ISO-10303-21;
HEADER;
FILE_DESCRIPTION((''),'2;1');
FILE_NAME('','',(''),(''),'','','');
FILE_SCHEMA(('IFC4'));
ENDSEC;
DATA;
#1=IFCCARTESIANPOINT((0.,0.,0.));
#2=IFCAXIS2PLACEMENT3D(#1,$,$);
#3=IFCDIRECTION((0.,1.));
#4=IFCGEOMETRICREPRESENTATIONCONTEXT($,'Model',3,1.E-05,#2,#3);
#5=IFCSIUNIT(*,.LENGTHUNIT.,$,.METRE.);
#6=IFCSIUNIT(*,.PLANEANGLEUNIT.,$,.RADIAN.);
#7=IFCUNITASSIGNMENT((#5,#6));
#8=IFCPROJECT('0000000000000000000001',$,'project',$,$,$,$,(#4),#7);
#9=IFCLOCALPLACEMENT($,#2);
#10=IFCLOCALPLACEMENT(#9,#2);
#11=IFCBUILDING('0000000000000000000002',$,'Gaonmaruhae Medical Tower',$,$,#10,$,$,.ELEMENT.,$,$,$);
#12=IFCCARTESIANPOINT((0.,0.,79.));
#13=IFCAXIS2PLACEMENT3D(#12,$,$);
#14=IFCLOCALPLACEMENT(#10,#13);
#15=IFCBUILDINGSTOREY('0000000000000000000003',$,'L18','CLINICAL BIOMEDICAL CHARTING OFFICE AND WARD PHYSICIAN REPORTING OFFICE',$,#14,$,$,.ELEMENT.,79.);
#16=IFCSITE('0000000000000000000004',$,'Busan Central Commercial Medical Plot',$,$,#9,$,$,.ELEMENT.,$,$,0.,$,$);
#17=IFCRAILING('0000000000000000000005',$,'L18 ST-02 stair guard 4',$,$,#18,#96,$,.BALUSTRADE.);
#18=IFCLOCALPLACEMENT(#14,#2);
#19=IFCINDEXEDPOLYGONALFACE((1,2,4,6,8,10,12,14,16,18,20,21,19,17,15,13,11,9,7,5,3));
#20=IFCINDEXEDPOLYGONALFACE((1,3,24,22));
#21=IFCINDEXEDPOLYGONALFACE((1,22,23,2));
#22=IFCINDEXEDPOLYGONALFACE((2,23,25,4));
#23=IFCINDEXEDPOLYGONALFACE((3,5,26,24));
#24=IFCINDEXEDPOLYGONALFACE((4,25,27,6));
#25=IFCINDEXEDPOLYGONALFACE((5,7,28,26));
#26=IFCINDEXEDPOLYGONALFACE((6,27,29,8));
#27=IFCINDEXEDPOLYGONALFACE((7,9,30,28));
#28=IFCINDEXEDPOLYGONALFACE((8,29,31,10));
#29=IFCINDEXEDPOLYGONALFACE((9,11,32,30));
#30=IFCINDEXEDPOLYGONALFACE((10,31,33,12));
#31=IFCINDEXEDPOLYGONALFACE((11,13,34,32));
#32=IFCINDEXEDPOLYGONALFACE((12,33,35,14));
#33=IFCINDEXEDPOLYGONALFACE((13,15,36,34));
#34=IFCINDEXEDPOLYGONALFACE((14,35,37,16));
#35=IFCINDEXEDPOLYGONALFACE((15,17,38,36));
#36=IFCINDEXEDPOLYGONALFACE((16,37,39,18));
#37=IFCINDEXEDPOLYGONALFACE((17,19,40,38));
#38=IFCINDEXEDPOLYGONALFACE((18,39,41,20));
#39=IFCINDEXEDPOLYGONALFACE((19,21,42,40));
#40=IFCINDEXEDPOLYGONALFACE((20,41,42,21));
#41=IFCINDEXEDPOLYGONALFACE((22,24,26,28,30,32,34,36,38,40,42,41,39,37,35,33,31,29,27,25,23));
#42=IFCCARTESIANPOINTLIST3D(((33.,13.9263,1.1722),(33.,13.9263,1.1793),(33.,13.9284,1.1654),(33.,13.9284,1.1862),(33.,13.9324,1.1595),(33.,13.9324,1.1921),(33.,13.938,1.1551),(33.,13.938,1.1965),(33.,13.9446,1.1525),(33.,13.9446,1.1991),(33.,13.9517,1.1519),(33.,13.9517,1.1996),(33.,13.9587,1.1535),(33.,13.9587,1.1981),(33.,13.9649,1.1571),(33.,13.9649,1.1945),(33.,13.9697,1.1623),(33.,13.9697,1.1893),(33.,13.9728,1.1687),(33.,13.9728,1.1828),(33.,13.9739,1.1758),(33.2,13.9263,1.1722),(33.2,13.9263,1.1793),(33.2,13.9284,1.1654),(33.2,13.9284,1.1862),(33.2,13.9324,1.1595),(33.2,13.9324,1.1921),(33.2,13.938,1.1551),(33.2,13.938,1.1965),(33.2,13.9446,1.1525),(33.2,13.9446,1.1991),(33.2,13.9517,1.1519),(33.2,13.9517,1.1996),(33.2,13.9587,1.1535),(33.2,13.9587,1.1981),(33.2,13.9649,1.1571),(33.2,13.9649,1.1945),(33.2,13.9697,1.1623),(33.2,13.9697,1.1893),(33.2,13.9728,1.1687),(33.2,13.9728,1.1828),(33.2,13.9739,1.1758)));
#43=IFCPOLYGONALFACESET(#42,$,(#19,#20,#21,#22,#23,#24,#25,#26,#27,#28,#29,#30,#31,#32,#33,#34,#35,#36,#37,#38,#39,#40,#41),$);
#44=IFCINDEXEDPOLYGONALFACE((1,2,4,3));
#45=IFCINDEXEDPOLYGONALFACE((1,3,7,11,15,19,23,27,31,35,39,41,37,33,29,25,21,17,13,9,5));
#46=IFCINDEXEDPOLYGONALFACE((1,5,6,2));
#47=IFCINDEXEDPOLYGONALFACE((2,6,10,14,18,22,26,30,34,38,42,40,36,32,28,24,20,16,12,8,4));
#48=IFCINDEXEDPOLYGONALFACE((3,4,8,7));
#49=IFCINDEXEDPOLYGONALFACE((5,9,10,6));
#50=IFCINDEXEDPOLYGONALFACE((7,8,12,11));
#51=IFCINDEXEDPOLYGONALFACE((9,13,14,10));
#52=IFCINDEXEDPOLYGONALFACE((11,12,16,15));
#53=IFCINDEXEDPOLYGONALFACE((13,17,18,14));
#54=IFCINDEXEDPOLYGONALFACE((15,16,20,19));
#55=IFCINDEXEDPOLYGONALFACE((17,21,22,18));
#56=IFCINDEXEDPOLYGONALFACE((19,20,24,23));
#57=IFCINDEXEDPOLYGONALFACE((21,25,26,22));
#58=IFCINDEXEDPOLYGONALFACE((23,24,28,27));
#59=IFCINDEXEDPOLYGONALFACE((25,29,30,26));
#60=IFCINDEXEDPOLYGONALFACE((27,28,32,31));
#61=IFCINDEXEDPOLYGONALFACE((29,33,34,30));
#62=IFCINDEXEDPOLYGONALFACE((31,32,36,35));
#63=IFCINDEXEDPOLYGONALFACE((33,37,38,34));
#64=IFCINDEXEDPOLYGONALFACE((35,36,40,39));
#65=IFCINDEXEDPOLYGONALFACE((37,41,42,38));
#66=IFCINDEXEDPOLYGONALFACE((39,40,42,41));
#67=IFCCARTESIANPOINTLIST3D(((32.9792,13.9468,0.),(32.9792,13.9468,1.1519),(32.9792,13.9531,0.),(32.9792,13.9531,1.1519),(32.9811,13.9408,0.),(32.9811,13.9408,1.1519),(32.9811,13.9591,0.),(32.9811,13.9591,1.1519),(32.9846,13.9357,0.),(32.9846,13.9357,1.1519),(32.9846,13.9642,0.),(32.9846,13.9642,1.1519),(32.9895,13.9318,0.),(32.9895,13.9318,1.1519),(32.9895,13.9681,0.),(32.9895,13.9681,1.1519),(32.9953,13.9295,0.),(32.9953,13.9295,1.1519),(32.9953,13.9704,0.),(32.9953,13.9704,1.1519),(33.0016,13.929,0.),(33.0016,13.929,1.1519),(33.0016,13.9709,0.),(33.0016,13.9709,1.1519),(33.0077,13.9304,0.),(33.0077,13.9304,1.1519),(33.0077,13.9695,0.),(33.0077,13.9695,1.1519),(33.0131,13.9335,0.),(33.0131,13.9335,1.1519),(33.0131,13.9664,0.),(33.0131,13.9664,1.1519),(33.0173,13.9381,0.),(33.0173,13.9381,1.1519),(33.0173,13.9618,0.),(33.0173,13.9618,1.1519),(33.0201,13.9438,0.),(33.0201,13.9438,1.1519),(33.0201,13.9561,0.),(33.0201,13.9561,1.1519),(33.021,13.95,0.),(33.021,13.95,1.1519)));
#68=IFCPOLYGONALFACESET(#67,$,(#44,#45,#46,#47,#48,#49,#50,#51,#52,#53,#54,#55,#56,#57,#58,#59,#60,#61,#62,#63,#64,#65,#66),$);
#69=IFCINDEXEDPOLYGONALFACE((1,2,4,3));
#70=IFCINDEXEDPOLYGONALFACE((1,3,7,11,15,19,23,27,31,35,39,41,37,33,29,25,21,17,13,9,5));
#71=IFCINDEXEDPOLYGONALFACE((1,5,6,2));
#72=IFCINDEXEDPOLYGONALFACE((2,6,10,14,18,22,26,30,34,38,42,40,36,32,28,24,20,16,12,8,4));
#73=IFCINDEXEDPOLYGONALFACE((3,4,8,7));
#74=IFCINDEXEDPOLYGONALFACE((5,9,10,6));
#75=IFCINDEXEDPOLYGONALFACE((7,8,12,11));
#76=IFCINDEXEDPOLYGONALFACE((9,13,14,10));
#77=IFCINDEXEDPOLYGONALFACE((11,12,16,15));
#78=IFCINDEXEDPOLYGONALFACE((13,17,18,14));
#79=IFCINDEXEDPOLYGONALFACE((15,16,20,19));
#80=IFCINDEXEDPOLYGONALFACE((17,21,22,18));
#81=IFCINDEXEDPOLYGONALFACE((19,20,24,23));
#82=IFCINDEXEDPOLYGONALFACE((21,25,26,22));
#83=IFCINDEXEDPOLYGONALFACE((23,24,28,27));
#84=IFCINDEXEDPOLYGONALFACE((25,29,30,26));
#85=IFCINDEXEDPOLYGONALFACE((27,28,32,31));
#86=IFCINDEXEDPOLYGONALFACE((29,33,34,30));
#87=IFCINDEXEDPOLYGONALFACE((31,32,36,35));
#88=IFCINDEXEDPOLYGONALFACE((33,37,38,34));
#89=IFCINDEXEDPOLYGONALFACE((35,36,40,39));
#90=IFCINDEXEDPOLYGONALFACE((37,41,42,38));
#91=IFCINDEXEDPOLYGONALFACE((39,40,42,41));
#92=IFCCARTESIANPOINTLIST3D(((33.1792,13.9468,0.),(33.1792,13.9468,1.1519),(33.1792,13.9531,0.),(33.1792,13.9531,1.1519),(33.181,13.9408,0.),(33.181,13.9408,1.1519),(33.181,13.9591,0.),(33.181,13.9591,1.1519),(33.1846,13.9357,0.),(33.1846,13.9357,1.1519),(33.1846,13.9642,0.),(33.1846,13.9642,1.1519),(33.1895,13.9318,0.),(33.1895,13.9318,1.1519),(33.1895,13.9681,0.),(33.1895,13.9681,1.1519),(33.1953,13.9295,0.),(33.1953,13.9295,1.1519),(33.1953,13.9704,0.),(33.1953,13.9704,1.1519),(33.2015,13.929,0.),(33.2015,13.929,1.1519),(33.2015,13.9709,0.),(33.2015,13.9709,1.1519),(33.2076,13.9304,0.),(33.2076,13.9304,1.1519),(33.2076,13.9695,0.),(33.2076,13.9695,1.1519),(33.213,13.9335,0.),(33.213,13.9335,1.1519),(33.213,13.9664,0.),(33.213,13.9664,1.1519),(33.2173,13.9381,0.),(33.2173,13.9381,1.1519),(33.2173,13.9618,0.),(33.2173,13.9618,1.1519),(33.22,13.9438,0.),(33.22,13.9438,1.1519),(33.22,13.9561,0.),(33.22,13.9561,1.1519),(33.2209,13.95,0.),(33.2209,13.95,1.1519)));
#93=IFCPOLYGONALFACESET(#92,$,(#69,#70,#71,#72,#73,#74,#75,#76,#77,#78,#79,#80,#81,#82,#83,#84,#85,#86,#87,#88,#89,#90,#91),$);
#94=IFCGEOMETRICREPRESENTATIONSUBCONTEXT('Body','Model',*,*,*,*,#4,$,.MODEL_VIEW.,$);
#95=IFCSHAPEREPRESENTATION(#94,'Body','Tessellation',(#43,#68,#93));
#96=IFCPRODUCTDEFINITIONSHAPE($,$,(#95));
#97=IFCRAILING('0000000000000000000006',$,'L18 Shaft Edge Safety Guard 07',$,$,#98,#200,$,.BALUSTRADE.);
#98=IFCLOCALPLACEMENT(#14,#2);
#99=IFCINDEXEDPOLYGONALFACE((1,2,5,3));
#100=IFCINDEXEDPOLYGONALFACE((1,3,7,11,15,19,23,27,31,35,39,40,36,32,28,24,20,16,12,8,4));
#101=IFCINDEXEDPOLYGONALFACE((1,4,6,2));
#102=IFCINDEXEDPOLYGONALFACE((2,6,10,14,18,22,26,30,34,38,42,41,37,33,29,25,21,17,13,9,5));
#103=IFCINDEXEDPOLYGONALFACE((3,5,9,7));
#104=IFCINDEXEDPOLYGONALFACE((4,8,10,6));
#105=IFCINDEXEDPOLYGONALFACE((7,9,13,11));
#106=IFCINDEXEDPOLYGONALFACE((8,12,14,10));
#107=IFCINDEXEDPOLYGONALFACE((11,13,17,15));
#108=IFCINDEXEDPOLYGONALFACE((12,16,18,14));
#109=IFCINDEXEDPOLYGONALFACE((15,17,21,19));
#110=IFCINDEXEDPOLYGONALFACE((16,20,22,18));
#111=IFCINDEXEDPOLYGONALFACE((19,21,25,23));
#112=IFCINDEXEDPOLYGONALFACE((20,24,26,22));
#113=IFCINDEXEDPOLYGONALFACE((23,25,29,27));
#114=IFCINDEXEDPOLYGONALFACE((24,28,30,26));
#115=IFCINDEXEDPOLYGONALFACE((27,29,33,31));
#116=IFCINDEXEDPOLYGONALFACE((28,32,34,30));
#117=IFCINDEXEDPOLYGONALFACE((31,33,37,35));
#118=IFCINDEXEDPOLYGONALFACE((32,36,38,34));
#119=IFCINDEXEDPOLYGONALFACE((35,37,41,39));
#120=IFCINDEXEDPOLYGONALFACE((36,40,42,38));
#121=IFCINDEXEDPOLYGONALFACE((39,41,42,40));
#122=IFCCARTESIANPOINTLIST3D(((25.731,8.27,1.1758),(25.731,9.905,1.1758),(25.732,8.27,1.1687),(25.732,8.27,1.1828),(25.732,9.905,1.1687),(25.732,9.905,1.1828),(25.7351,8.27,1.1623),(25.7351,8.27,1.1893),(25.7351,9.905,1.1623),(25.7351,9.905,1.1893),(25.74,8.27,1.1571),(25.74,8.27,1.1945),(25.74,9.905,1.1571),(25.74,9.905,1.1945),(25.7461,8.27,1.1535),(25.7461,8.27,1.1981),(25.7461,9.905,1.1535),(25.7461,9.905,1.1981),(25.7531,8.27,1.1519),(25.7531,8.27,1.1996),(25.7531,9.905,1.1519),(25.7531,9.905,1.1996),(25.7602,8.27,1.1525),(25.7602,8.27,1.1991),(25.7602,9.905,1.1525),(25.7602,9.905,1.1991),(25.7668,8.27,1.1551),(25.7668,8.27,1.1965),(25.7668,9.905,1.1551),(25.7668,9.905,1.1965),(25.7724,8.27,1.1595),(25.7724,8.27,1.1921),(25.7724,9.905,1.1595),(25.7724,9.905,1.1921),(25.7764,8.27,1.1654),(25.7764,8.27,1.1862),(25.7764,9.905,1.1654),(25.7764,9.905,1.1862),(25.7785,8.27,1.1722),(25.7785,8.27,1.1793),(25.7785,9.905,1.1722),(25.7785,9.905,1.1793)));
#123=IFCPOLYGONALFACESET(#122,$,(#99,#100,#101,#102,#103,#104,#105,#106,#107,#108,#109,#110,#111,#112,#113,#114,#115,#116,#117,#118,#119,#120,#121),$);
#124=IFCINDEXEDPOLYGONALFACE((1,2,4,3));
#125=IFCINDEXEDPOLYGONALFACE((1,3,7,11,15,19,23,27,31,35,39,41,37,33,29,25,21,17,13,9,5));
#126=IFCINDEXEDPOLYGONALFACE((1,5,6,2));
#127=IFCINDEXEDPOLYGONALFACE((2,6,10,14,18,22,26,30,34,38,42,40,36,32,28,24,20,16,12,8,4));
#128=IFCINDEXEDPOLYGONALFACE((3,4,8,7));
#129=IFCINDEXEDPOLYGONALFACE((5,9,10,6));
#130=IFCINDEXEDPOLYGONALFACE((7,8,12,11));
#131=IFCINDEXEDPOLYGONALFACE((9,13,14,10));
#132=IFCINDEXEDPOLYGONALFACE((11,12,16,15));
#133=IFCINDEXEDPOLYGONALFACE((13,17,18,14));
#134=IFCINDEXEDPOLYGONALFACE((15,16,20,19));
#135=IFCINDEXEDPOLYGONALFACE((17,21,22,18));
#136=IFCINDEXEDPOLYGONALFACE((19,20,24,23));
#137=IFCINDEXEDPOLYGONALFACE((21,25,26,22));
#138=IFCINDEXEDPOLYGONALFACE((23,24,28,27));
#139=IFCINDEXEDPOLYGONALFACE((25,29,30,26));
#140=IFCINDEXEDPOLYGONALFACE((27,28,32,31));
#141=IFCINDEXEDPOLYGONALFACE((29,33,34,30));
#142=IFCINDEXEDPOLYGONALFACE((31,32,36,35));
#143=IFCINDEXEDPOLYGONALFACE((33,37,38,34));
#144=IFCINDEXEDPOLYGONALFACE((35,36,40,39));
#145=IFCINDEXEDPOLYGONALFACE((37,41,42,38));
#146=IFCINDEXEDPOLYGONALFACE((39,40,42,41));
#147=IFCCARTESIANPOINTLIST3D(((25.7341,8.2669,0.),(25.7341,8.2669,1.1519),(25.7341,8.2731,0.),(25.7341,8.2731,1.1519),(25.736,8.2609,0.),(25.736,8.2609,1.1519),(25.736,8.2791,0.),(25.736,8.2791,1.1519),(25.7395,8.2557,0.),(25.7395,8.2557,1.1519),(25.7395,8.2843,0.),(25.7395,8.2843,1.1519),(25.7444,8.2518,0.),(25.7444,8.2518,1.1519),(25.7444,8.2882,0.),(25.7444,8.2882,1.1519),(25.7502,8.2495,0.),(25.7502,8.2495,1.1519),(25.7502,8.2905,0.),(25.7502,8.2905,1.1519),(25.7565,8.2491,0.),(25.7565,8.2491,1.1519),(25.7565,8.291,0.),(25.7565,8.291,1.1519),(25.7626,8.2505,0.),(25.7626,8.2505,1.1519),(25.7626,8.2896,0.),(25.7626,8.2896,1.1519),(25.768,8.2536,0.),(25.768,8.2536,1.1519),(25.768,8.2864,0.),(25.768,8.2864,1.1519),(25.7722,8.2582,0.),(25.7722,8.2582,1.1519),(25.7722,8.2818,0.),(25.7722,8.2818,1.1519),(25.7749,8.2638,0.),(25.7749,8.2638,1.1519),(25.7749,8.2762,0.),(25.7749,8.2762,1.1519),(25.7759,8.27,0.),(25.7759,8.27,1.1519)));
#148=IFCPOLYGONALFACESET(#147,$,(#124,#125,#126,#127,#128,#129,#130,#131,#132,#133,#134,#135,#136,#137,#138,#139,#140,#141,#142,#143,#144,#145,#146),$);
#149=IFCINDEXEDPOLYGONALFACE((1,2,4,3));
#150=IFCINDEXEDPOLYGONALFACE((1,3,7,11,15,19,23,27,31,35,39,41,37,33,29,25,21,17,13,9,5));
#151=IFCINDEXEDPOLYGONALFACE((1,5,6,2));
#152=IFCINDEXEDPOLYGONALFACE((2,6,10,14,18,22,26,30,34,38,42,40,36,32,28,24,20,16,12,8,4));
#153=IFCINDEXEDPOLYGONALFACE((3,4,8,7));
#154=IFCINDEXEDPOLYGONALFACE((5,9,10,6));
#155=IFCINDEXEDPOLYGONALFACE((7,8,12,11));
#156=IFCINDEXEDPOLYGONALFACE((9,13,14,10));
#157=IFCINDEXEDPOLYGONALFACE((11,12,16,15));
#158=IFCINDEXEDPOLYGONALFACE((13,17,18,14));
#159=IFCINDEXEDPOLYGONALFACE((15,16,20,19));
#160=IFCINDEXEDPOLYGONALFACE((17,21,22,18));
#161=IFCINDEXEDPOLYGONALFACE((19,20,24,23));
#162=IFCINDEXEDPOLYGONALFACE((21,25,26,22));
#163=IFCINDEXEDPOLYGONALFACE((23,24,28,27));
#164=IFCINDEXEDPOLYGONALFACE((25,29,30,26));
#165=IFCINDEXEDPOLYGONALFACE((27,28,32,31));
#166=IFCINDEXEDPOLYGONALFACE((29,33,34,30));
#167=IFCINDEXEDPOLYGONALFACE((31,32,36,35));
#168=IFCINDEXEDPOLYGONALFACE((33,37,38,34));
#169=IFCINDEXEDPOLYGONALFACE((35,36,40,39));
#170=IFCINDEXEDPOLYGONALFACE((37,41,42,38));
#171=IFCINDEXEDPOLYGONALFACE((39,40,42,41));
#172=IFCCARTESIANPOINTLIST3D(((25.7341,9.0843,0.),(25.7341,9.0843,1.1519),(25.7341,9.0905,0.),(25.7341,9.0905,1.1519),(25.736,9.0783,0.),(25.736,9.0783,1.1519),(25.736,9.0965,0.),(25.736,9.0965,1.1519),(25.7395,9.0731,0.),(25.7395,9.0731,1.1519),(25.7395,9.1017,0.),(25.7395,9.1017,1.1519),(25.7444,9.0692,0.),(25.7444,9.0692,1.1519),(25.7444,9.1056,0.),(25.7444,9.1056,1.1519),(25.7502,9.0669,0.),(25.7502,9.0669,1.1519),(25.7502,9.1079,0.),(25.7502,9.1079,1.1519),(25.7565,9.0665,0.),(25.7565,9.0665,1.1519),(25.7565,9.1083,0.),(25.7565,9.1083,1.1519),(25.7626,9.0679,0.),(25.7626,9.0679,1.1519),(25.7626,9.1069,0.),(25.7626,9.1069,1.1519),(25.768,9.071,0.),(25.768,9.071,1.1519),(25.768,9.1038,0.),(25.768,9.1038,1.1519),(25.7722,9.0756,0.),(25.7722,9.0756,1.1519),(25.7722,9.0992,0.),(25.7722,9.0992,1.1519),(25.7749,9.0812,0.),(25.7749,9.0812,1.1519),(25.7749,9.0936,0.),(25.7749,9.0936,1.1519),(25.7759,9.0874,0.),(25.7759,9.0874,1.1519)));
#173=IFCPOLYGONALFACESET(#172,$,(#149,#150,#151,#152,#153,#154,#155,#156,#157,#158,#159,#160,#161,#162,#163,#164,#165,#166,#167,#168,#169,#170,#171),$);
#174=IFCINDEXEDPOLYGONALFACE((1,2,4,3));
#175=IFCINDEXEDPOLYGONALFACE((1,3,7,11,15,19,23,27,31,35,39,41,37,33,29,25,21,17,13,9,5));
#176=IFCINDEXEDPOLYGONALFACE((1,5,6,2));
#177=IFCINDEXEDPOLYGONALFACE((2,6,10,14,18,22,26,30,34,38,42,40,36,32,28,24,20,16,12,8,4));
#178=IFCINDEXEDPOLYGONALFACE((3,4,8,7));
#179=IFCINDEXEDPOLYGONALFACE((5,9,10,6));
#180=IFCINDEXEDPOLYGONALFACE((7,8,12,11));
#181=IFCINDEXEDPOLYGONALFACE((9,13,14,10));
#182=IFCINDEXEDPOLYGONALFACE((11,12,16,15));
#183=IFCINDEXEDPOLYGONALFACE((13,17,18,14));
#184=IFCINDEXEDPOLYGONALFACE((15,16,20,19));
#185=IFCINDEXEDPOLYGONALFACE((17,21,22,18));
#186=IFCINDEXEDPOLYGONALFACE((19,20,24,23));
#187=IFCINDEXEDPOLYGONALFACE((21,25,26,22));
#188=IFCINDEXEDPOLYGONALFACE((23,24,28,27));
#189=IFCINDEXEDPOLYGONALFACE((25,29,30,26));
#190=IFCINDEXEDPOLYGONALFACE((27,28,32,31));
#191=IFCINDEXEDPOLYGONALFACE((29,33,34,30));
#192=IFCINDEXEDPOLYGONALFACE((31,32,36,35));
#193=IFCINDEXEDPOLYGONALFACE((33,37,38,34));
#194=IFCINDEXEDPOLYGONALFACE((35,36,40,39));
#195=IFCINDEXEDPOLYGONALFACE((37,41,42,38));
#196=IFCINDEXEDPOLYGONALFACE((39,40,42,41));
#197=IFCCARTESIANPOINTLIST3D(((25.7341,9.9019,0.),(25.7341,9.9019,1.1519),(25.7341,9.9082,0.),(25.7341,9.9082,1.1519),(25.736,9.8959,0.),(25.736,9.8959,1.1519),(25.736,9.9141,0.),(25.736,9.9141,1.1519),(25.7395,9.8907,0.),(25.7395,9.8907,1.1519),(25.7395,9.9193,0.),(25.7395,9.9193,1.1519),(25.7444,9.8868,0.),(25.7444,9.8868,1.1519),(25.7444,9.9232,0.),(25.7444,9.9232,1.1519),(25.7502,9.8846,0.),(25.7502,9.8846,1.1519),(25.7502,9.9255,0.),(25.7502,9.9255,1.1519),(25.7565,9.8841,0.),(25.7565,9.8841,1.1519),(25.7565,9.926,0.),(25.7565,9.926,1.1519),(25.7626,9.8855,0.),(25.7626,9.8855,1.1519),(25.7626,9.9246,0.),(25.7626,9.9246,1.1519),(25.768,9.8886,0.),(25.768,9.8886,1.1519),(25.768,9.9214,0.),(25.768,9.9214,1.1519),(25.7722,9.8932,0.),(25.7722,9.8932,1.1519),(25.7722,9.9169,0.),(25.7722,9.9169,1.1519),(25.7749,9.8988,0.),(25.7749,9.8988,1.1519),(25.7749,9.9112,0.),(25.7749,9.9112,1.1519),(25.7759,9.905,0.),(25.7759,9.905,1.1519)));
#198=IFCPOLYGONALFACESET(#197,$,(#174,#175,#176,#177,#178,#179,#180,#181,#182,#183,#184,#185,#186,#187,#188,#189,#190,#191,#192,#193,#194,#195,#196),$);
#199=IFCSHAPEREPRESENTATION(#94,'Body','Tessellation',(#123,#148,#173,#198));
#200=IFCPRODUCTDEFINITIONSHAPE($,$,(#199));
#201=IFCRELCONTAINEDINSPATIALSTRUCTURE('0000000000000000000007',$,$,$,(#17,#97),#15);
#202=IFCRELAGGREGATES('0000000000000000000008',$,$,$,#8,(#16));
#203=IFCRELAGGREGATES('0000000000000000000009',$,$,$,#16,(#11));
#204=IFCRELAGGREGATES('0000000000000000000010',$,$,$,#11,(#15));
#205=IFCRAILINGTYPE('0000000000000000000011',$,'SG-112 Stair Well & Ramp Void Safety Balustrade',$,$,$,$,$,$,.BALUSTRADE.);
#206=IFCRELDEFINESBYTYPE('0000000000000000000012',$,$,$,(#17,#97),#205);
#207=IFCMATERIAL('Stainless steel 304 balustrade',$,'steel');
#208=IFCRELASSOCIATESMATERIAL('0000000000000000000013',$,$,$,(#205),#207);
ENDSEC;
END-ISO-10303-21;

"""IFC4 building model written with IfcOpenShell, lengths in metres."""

from ifc_helpers import new_model, si_unit, direction, frame, origin, origin_2d, place, context, subcontext, project, spatial, circle, extrude, material, type_object, element, save


model = new_model("IFC4")

# Units and contexts
model_context = context("Model", 3, precision=1e-05, world=origin(), true_north=direction((0.0, 1.0)))
body_context = subcontext(model_context, "Body", "Model", "MODEL_VIEW")
ifc_project = project(units=[si_unit("LENGTHUNIT", "METRE"), si_unit("PLANEANGLEUNIT", "RADIAN")], contexts=[model_context])

# Site, building, storey
site_placement = place(None, origin())
site = spatial("IfcSite", under=ifc_project, at=site_placement, Name="Busan Central Commercial Medical Plot", CompositionType="ELEMENT", RefElevation=0.0)
building_placement = place(site_placement, origin())
building = spatial("IfcBuilding", under=site, at=building_placement, Name="Gaonmaruhae Medical Tower", CompositionType="ELEMENT")
storey_placement = place(building_placement, frame((0.0, 0.0, 79.0)))
storey = spatial("IfcBuildingStorey", under=building, at=storey_placement, Name="L18", Description="CLINICAL BIOMEDICAL CHARTING OFFICE AND WARD PHYSICIAN REPORTING OFFICE", CompositionType="ELEMENT", Elevation=79.0)

# Railings
ifc_material_1 = material(Name="Stainless steel 304 balustrade", Category="steel")
railing_type_1 = type_object("IfcRailingType", Name="SG-112 Stair Well & Ramp Void Safety Balustrade", PredefinedType="BALUSTRADE", material=ifc_material_1)
railing_1_placement = place(storey_placement, frame((33.0, 13.95, 0.0)))
element("IfcRailing", 1, at=railing_1_placement, inside=storey, type_object=railing_type_1, Name="L18 ST-02 stair guard 4", PredefinedType="BALUSTRADE", context=body_context, shape_type="SweptSolid", body=[
    extrude(circle(Radius=0.0239, at=origin_2d()), frame((0.0, 0.0, 1.1758), z_axis=(1.0, 0.0, 0.0), x_axis=(0.0, 1.0, 0.0)), (0.0, 0.0, 1.0), 0.2),
    extrude(circle(Radius=0.021, at=origin_2d()), origin(), (0.0, 0.0, 1.0), 1.1519),
    extrude(circle(Radius=0.021, at=origin_2d()), frame((0.2, 0.0, 0.0)), (0.0, 0.0, 1.0), 1.1519),
])
for number, where, name in (
    (2, (25.7549, 8.27, 0.0), "L18 Shaft Edge Safety Guard 07"),
):
    element("IfcRailing", number, at=place(storey_placement, frame(where)), inside=storey, type_object=railing_type_1, Name=name, PredefinedType="BALUSTRADE", context=body_context, shape_type="SweptSolid", body=[
        extrude(circle(Radius=0.0239, at=origin_2d()), frame((0.0, 0.0, 1.1758), z_axis=(0.0, 1.0, 0.0), x_axis=(-1.0, 0.0, 0.0)), (0.0, 0.0, 1.0), 1.635),
        extrude(circle(Radius=0.021, at=origin_2d()), origin(), (0.0, 0.0, 1.0), 1.1519),
        extrude(circle(Radius=0.021, at=origin_2d()), frame((0.0, 0.8174, 0.0)), (0.0, 0.0, 1.0), 1.1519),
        extrude(circle(Radius=0.021, at=origin_2d()), frame((0.0, 1.635, 0.0)), (0.0, 0.0, 1.0), 1.1519),
    ])

save(model, "model.ifc")
